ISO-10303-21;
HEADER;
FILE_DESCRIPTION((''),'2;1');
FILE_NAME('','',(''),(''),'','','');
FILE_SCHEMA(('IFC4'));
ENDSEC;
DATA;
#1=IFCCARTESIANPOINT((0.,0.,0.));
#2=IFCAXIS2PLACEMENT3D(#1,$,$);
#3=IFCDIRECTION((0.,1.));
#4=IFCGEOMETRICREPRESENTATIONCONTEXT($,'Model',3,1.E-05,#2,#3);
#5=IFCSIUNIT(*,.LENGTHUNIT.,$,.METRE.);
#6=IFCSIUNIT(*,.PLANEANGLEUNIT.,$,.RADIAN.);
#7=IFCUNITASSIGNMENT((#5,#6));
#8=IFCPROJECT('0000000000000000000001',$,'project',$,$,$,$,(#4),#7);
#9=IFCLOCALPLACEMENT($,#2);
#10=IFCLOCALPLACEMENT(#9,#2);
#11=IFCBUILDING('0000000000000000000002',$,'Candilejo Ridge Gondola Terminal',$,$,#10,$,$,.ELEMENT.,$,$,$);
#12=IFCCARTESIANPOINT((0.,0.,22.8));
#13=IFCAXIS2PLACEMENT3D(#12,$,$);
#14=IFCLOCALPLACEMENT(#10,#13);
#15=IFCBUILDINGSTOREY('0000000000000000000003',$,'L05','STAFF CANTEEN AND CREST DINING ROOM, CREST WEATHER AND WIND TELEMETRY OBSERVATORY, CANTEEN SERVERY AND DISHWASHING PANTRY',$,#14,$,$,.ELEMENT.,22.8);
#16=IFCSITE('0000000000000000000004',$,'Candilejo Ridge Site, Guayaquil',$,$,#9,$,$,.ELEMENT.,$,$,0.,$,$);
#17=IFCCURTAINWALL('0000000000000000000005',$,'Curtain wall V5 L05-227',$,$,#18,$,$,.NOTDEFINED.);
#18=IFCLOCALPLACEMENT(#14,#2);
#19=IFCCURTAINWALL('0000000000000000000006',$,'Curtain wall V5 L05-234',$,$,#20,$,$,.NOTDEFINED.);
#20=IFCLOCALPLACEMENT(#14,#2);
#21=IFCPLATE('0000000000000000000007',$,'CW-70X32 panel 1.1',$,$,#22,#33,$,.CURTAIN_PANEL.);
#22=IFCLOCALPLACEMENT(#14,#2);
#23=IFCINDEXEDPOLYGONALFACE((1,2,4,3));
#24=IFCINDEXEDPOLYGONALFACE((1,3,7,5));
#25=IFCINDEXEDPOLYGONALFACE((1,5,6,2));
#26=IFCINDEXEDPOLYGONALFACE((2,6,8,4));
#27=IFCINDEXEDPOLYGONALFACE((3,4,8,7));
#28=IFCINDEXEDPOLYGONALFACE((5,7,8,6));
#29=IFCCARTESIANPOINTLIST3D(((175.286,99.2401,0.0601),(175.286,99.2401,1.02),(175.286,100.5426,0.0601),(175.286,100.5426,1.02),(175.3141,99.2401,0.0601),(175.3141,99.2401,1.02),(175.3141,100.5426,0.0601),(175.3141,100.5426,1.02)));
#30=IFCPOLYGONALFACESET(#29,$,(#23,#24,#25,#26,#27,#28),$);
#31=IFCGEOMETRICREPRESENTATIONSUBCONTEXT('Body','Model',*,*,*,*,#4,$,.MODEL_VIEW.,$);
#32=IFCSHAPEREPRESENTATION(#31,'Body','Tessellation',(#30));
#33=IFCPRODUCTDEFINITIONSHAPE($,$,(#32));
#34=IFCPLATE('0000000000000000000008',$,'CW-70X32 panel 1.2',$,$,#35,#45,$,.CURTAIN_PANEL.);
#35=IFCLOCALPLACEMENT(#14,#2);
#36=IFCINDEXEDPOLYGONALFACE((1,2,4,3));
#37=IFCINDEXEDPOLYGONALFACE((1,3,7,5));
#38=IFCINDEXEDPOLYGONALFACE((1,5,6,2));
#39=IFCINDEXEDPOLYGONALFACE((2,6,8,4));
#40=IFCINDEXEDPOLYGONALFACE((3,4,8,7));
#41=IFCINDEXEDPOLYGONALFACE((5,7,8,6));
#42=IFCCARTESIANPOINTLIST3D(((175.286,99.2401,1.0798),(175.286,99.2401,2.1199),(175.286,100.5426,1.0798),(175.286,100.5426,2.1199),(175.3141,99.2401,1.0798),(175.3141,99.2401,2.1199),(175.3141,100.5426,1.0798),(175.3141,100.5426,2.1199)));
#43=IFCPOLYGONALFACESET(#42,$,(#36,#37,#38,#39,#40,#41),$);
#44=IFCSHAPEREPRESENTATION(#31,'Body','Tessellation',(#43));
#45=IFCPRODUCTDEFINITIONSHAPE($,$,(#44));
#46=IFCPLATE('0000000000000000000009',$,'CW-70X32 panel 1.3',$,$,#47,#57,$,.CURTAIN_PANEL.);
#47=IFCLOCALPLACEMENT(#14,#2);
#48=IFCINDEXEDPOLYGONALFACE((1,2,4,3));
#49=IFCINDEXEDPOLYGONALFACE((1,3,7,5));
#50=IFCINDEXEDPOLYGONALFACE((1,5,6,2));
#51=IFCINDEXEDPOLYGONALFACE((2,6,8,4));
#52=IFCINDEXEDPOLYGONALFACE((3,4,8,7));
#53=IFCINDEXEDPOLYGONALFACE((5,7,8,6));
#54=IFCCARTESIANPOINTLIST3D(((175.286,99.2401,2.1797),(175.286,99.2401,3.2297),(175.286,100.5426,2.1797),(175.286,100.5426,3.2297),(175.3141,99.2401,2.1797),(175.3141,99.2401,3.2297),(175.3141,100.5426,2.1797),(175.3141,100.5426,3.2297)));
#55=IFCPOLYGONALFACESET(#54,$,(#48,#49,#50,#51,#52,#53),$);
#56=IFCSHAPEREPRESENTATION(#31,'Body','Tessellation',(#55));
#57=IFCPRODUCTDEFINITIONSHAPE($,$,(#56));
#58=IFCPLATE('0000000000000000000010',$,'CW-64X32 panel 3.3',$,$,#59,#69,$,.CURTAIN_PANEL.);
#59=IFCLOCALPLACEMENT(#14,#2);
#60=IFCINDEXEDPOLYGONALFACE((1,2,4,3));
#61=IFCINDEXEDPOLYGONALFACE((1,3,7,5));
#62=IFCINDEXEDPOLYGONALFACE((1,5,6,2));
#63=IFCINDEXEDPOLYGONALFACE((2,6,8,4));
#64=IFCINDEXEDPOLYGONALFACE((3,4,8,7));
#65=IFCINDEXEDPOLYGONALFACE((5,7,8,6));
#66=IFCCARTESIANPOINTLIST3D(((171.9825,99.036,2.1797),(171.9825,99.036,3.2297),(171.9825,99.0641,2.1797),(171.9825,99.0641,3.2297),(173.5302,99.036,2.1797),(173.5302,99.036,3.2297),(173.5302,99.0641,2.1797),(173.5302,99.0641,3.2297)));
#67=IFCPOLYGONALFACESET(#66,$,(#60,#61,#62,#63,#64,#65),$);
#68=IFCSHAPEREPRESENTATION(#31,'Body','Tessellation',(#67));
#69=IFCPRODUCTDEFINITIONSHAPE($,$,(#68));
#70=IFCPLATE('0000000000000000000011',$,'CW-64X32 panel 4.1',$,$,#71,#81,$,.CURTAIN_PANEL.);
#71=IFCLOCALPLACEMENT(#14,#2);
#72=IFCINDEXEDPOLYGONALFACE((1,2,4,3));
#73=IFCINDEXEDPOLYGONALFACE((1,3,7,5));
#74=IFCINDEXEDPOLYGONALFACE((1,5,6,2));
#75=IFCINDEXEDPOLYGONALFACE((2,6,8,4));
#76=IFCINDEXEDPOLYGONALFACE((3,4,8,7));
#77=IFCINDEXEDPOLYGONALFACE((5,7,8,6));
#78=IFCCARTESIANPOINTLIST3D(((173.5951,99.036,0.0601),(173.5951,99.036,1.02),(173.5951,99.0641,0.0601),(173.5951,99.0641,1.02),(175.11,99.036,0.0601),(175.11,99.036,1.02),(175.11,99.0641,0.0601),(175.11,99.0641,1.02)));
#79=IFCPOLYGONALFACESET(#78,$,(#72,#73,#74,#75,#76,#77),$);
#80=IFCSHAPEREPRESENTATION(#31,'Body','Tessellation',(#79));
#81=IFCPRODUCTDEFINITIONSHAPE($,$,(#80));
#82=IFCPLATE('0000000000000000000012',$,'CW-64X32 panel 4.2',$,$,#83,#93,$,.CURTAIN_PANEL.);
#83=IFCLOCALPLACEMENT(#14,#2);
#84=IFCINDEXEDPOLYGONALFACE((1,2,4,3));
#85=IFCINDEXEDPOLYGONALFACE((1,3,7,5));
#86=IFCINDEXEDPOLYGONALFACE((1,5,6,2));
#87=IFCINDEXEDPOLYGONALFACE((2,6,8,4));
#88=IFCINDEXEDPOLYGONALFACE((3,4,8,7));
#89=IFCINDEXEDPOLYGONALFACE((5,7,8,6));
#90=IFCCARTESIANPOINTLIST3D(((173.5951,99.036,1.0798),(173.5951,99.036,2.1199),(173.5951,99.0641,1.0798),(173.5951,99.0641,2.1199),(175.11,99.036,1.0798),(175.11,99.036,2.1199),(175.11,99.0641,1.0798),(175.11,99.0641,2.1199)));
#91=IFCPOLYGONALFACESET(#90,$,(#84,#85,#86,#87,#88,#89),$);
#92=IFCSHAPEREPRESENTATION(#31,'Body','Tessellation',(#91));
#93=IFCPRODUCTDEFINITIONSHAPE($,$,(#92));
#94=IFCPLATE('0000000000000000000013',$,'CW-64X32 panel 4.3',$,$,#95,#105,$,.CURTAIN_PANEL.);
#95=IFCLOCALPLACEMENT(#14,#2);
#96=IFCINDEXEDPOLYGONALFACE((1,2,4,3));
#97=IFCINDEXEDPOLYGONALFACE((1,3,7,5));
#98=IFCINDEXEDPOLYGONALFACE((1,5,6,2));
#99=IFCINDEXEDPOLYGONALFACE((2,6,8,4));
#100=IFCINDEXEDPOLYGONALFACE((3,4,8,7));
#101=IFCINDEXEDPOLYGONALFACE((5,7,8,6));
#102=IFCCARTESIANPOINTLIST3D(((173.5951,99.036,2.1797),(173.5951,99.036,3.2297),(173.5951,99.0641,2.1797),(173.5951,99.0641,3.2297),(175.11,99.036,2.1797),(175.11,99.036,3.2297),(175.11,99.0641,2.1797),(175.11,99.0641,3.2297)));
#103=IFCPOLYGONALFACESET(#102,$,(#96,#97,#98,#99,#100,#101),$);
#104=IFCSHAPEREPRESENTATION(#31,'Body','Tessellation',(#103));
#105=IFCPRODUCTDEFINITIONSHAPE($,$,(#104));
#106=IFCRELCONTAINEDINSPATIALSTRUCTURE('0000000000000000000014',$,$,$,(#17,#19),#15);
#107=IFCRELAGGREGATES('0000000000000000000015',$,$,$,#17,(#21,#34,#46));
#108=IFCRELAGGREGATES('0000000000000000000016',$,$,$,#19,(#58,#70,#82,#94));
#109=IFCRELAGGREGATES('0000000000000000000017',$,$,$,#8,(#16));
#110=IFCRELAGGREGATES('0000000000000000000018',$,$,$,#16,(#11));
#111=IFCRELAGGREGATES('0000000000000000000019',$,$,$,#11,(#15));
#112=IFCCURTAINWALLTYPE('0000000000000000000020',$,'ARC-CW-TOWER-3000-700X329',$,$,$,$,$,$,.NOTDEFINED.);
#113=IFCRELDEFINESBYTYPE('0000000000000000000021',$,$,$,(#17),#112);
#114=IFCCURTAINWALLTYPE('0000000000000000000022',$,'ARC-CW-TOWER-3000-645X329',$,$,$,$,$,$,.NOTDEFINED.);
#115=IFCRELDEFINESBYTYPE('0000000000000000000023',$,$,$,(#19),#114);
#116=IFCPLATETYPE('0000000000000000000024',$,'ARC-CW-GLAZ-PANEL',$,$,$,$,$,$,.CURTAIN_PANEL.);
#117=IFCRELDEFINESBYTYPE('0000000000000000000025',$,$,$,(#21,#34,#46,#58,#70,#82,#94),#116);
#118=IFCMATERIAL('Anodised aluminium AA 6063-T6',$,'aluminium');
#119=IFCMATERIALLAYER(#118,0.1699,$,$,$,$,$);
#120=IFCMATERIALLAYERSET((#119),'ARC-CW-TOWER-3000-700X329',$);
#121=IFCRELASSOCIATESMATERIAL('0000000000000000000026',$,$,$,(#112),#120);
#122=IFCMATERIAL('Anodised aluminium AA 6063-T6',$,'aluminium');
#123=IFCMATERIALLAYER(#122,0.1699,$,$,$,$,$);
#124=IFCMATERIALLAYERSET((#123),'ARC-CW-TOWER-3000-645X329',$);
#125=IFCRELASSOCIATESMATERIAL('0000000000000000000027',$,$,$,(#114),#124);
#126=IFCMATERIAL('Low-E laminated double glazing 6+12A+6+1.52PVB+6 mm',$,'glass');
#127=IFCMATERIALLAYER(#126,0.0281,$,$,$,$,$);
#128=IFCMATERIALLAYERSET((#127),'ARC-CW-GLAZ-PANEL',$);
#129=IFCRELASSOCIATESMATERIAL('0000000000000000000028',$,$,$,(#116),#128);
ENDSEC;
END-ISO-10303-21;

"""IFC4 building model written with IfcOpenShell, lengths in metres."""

from ifc_helpers import new_model, si_unit, direction, frame, origin, origin_2d, place, context, subcontext, project, spatial, rectangle, extrude, material, layer, layer_set, type_object, element, aggregate, save


model = new_model("IFC4")

# Units and contexts
model_context = context("Model", 3, precision=1e-05, world=origin(), true_north=direction((0.0, 1.0)))
body_context = subcontext(model_context, "Body", "Model", "MODEL_VIEW")
ifc_project = project(units=[si_unit("LENGTHUNIT", "METRE"), si_unit("PLANEANGLEUNIT", "RADIAN")], contexts=[model_context])

# Site, building, storey
site_placement = place(None, origin())
site = spatial("IfcSite", under=ifc_project, at=site_placement, Name="Candilejo Ridge Site, Guayaquil", CompositionType="ELEMENT", RefElevation=0.0)
building_placement = place(site_placement, origin())
building = spatial("IfcBuilding", under=site, at=building_placement, Name="Candilejo Ridge Gondola Terminal", CompositionType="ELEMENT")
storey_placement = place(building_placement, frame((0.0, 0.0, 22.8)))
storey = spatial("IfcBuildingStorey", under=building, at=storey_placement, Name="L05", Description="STAFF CANTEEN AND CREST DINING ROOM, CREST WEATHER AND WIND TELEMETRY OBSERVATORY, CANTEEN SERVERY AND DISHWASHING PANTRY", CompositionType="ELEMENT", Elevation=22.8)

# Curtain walls
ifc_material_1 = material(Name="Anodised aluminium AA 6063-T6", Category="aluminium")
ifc_layer_1 = layer(ifc_material_1, 0.1699)
ifc_layer_set_1 = layer_set([ifc_layer_1], Name="ARC-CW-TOWER-3000-700X329")
curtain_wall_type_1 = type_object("IfcCurtainWallType", Name="ARC-CW-TOWER-3000-700X329", PredefinedType="NOTDEFINED", material=ifc_layer_set_1)
curtain_wall_1_placement = place(storey_placement, origin())
curtain_wall_1 = element("IfcCurtainWall", 1, at=curtain_wall_1_placement, inside=storey, type_object=curtain_wall_type_1, Name="Curtain wall V5 L05-227", PredefinedType="NOTDEFINED")
ifc_material_2 = material(Name="Anodised aluminium AA 6063-T6", Category="aluminium")
ifc_layer_2 = layer(ifc_material_2, 0.1699)
ifc_layer_set_2 = layer_set([ifc_layer_2], Name="ARC-CW-TOWER-3000-645X329")
curtain_wall_type_2 = type_object("IfcCurtainWallType", Name="ARC-CW-TOWER-3000-645X329", PredefinedType="NOTDEFINED", material=ifc_layer_set_2)
curtain_wall_2_placement = place(storey_placement, origin())
curtain_wall_2 = element("IfcCurtainWall", 2, at=curtain_wall_2_placement, inside=storey, type_object=curtain_wall_type_2, Name="Curtain wall V5 L05-234", PredefinedType="NOTDEFINED")

# Plates
ifc_material_3 = material(Name="Low-E laminated double glazing 6+12A+6+1.52PVB+6 mm", Category="glass")
ifc_layer_3 = layer(ifc_material_3, 0.0281)
ifc_layer_set_3 = layer_set([ifc_layer_3], Name="ARC-CW-GLAZ-PANEL")
plate_type = type_object("IfcPlateType", Name="ARC-CW-GLAZ-PANEL", PredefinedType="CURTAIN_PANEL", material=ifc_layer_set_3)
plate_1_placement = place(storey_placement, frame((175.3, 99.8914, 0.0601), z_axis=(0.0, 0.0, 1.0), x_axis=(0.0, 1.0, 0.0)))
plate_1 = element("IfcPlate", 3, at=plate_1_placement, type_object=plate_type, Name="CW-70X32 panel 1.1", PredefinedType="CURTAIN_PANEL", context=body_context, shape_type="SweptSolid", body=[
    extrude(rectangle(XDim=1.3025, YDim=0.0281, at=origin_2d()), origin(), (0.0, 0.0, 1.0), 0.96),
])
plate_2_placement = place(storey_placement, frame((175.3, 99.8914, 1.0798), z_axis=(0.0, 0.0, 1.0), x_axis=(0.0, 1.0, 0.0)))
plate_2 = element("IfcPlate", 4, at=plate_2_placement, type_object=plate_type, Name="CW-70X32 panel 1.2", PredefinedType="CURTAIN_PANEL", context=body_context, shape_type="SweptSolid", body=[
    extrude(rectangle(XDim=1.3025, YDim=0.0281, at=origin_2d()), origin(), (0.0, 0.0, 1.0), 1.04),
])
plate_3_placement = place(storey_placement, frame((175.3, 99.8914, 2.1797), z_axis=(0.0, 0.0, 1.0), x_axis=(0.0, 1.0, 0.0)))
plate_3 = element("IfcPlate", 5, at=plate_3_placement, type_object=plate_type, Name="CW-70X32 panel 1.3", PredefinedType="CURTAIN_PANEL", context=body_context, shape_type="SweptSolid", body=[
    extrude(rectangle(XDim=1.3025, YDim=0.0281, at=origin_2d()), origin(), (0.0, 0.0, 1.0), 1.05),
])
aggregate(curtain_wall_1, [plate_1, plate_2, plate_3])
plate_4_placement = place(storey_placement, frame((172.7563, 99.05, 2.1797), z_axis=(0.0, 0.0, 1.0), x_axis=(1.0, 0.0, 0.0)))
plate_4 = element("IfcPlate", 6, at=plate_4_placement, type_object=plate_type, Name="CW-64X32 panel 3.3", PredefinedType="CURTAIN_PANEL", context=body_context, shape_type="SweptSolid", body=[
    extrude(rectangle(XDim=1.5476, YDim=0.0281, at=origin_2d()), origin(), (0.0, 0.0, 1.0), 1.05),
])
plate_5_placement = place(storey_placement, frame((174.3525, 99.05, 0.0601), z_axis=(0.0, 0.0, 1.0), x_axis=(1.0, 0.0, 0.0)))
plate_5 = element("IfcPlate", 7, at=plate_5_placement, type_object=plate_type, Name="CW-64X32 panel 4.1", PredefinedType="CURTAIN_PANEL", context=body_context, shape_type="SweptSolid", body=[
    extrude(rectangle(XDim=1.5149, YDim=0.0281, at=origin_2d()), origin(), (0.0, 0.0, 1.0), 0.96),
])
plate_6_placement = place(storey_placement, frame((174.3525, 99.05, 1.0798), z_axis=(0.0, 0.0, 1.0), x_axis=(1.0, 0.0, 0.0)))
plate_6 = element("IfcPlate", 8, at=plate_6_placement, type_object=plate_type, Name="CW-64X32 panel 4.2", PredefinedType="CURTAIN_PANEL", context=body_context, shape_type="SweptSolid", body=[
    extrude(rectangle(XDim=1.5149, YDim=0.0281, at=origin_2d()), origin(), (0.0, 0.0, 1.0), 1.04),
])
plate_7_placement = place(storey_placement, frame((174.3525, 99.05, 2.1797), z_axis=(0.0, 0.0, 1.0), x_axis=(1.0, 0.0, 0.0)))
plate_7 = element("IfcPlate", 9, at=plate_7_placement, type_object=plate_type, Name="CW-64X32 panel 4.3", PredefinedType="CURTAIN_PANEL", context=body_context, shape_type="SweptSolid", body=[
    extrude(rectangle(XDim=1.5149, YDim=0.0281, at=origin_2d()), origin(), (0.0, 0.0, 1.0), 1.05),
])
aggregate(curtain_wall_2, [plate_4, plate_5, plate_6, plate_7])

save(model, "model.ifc")
